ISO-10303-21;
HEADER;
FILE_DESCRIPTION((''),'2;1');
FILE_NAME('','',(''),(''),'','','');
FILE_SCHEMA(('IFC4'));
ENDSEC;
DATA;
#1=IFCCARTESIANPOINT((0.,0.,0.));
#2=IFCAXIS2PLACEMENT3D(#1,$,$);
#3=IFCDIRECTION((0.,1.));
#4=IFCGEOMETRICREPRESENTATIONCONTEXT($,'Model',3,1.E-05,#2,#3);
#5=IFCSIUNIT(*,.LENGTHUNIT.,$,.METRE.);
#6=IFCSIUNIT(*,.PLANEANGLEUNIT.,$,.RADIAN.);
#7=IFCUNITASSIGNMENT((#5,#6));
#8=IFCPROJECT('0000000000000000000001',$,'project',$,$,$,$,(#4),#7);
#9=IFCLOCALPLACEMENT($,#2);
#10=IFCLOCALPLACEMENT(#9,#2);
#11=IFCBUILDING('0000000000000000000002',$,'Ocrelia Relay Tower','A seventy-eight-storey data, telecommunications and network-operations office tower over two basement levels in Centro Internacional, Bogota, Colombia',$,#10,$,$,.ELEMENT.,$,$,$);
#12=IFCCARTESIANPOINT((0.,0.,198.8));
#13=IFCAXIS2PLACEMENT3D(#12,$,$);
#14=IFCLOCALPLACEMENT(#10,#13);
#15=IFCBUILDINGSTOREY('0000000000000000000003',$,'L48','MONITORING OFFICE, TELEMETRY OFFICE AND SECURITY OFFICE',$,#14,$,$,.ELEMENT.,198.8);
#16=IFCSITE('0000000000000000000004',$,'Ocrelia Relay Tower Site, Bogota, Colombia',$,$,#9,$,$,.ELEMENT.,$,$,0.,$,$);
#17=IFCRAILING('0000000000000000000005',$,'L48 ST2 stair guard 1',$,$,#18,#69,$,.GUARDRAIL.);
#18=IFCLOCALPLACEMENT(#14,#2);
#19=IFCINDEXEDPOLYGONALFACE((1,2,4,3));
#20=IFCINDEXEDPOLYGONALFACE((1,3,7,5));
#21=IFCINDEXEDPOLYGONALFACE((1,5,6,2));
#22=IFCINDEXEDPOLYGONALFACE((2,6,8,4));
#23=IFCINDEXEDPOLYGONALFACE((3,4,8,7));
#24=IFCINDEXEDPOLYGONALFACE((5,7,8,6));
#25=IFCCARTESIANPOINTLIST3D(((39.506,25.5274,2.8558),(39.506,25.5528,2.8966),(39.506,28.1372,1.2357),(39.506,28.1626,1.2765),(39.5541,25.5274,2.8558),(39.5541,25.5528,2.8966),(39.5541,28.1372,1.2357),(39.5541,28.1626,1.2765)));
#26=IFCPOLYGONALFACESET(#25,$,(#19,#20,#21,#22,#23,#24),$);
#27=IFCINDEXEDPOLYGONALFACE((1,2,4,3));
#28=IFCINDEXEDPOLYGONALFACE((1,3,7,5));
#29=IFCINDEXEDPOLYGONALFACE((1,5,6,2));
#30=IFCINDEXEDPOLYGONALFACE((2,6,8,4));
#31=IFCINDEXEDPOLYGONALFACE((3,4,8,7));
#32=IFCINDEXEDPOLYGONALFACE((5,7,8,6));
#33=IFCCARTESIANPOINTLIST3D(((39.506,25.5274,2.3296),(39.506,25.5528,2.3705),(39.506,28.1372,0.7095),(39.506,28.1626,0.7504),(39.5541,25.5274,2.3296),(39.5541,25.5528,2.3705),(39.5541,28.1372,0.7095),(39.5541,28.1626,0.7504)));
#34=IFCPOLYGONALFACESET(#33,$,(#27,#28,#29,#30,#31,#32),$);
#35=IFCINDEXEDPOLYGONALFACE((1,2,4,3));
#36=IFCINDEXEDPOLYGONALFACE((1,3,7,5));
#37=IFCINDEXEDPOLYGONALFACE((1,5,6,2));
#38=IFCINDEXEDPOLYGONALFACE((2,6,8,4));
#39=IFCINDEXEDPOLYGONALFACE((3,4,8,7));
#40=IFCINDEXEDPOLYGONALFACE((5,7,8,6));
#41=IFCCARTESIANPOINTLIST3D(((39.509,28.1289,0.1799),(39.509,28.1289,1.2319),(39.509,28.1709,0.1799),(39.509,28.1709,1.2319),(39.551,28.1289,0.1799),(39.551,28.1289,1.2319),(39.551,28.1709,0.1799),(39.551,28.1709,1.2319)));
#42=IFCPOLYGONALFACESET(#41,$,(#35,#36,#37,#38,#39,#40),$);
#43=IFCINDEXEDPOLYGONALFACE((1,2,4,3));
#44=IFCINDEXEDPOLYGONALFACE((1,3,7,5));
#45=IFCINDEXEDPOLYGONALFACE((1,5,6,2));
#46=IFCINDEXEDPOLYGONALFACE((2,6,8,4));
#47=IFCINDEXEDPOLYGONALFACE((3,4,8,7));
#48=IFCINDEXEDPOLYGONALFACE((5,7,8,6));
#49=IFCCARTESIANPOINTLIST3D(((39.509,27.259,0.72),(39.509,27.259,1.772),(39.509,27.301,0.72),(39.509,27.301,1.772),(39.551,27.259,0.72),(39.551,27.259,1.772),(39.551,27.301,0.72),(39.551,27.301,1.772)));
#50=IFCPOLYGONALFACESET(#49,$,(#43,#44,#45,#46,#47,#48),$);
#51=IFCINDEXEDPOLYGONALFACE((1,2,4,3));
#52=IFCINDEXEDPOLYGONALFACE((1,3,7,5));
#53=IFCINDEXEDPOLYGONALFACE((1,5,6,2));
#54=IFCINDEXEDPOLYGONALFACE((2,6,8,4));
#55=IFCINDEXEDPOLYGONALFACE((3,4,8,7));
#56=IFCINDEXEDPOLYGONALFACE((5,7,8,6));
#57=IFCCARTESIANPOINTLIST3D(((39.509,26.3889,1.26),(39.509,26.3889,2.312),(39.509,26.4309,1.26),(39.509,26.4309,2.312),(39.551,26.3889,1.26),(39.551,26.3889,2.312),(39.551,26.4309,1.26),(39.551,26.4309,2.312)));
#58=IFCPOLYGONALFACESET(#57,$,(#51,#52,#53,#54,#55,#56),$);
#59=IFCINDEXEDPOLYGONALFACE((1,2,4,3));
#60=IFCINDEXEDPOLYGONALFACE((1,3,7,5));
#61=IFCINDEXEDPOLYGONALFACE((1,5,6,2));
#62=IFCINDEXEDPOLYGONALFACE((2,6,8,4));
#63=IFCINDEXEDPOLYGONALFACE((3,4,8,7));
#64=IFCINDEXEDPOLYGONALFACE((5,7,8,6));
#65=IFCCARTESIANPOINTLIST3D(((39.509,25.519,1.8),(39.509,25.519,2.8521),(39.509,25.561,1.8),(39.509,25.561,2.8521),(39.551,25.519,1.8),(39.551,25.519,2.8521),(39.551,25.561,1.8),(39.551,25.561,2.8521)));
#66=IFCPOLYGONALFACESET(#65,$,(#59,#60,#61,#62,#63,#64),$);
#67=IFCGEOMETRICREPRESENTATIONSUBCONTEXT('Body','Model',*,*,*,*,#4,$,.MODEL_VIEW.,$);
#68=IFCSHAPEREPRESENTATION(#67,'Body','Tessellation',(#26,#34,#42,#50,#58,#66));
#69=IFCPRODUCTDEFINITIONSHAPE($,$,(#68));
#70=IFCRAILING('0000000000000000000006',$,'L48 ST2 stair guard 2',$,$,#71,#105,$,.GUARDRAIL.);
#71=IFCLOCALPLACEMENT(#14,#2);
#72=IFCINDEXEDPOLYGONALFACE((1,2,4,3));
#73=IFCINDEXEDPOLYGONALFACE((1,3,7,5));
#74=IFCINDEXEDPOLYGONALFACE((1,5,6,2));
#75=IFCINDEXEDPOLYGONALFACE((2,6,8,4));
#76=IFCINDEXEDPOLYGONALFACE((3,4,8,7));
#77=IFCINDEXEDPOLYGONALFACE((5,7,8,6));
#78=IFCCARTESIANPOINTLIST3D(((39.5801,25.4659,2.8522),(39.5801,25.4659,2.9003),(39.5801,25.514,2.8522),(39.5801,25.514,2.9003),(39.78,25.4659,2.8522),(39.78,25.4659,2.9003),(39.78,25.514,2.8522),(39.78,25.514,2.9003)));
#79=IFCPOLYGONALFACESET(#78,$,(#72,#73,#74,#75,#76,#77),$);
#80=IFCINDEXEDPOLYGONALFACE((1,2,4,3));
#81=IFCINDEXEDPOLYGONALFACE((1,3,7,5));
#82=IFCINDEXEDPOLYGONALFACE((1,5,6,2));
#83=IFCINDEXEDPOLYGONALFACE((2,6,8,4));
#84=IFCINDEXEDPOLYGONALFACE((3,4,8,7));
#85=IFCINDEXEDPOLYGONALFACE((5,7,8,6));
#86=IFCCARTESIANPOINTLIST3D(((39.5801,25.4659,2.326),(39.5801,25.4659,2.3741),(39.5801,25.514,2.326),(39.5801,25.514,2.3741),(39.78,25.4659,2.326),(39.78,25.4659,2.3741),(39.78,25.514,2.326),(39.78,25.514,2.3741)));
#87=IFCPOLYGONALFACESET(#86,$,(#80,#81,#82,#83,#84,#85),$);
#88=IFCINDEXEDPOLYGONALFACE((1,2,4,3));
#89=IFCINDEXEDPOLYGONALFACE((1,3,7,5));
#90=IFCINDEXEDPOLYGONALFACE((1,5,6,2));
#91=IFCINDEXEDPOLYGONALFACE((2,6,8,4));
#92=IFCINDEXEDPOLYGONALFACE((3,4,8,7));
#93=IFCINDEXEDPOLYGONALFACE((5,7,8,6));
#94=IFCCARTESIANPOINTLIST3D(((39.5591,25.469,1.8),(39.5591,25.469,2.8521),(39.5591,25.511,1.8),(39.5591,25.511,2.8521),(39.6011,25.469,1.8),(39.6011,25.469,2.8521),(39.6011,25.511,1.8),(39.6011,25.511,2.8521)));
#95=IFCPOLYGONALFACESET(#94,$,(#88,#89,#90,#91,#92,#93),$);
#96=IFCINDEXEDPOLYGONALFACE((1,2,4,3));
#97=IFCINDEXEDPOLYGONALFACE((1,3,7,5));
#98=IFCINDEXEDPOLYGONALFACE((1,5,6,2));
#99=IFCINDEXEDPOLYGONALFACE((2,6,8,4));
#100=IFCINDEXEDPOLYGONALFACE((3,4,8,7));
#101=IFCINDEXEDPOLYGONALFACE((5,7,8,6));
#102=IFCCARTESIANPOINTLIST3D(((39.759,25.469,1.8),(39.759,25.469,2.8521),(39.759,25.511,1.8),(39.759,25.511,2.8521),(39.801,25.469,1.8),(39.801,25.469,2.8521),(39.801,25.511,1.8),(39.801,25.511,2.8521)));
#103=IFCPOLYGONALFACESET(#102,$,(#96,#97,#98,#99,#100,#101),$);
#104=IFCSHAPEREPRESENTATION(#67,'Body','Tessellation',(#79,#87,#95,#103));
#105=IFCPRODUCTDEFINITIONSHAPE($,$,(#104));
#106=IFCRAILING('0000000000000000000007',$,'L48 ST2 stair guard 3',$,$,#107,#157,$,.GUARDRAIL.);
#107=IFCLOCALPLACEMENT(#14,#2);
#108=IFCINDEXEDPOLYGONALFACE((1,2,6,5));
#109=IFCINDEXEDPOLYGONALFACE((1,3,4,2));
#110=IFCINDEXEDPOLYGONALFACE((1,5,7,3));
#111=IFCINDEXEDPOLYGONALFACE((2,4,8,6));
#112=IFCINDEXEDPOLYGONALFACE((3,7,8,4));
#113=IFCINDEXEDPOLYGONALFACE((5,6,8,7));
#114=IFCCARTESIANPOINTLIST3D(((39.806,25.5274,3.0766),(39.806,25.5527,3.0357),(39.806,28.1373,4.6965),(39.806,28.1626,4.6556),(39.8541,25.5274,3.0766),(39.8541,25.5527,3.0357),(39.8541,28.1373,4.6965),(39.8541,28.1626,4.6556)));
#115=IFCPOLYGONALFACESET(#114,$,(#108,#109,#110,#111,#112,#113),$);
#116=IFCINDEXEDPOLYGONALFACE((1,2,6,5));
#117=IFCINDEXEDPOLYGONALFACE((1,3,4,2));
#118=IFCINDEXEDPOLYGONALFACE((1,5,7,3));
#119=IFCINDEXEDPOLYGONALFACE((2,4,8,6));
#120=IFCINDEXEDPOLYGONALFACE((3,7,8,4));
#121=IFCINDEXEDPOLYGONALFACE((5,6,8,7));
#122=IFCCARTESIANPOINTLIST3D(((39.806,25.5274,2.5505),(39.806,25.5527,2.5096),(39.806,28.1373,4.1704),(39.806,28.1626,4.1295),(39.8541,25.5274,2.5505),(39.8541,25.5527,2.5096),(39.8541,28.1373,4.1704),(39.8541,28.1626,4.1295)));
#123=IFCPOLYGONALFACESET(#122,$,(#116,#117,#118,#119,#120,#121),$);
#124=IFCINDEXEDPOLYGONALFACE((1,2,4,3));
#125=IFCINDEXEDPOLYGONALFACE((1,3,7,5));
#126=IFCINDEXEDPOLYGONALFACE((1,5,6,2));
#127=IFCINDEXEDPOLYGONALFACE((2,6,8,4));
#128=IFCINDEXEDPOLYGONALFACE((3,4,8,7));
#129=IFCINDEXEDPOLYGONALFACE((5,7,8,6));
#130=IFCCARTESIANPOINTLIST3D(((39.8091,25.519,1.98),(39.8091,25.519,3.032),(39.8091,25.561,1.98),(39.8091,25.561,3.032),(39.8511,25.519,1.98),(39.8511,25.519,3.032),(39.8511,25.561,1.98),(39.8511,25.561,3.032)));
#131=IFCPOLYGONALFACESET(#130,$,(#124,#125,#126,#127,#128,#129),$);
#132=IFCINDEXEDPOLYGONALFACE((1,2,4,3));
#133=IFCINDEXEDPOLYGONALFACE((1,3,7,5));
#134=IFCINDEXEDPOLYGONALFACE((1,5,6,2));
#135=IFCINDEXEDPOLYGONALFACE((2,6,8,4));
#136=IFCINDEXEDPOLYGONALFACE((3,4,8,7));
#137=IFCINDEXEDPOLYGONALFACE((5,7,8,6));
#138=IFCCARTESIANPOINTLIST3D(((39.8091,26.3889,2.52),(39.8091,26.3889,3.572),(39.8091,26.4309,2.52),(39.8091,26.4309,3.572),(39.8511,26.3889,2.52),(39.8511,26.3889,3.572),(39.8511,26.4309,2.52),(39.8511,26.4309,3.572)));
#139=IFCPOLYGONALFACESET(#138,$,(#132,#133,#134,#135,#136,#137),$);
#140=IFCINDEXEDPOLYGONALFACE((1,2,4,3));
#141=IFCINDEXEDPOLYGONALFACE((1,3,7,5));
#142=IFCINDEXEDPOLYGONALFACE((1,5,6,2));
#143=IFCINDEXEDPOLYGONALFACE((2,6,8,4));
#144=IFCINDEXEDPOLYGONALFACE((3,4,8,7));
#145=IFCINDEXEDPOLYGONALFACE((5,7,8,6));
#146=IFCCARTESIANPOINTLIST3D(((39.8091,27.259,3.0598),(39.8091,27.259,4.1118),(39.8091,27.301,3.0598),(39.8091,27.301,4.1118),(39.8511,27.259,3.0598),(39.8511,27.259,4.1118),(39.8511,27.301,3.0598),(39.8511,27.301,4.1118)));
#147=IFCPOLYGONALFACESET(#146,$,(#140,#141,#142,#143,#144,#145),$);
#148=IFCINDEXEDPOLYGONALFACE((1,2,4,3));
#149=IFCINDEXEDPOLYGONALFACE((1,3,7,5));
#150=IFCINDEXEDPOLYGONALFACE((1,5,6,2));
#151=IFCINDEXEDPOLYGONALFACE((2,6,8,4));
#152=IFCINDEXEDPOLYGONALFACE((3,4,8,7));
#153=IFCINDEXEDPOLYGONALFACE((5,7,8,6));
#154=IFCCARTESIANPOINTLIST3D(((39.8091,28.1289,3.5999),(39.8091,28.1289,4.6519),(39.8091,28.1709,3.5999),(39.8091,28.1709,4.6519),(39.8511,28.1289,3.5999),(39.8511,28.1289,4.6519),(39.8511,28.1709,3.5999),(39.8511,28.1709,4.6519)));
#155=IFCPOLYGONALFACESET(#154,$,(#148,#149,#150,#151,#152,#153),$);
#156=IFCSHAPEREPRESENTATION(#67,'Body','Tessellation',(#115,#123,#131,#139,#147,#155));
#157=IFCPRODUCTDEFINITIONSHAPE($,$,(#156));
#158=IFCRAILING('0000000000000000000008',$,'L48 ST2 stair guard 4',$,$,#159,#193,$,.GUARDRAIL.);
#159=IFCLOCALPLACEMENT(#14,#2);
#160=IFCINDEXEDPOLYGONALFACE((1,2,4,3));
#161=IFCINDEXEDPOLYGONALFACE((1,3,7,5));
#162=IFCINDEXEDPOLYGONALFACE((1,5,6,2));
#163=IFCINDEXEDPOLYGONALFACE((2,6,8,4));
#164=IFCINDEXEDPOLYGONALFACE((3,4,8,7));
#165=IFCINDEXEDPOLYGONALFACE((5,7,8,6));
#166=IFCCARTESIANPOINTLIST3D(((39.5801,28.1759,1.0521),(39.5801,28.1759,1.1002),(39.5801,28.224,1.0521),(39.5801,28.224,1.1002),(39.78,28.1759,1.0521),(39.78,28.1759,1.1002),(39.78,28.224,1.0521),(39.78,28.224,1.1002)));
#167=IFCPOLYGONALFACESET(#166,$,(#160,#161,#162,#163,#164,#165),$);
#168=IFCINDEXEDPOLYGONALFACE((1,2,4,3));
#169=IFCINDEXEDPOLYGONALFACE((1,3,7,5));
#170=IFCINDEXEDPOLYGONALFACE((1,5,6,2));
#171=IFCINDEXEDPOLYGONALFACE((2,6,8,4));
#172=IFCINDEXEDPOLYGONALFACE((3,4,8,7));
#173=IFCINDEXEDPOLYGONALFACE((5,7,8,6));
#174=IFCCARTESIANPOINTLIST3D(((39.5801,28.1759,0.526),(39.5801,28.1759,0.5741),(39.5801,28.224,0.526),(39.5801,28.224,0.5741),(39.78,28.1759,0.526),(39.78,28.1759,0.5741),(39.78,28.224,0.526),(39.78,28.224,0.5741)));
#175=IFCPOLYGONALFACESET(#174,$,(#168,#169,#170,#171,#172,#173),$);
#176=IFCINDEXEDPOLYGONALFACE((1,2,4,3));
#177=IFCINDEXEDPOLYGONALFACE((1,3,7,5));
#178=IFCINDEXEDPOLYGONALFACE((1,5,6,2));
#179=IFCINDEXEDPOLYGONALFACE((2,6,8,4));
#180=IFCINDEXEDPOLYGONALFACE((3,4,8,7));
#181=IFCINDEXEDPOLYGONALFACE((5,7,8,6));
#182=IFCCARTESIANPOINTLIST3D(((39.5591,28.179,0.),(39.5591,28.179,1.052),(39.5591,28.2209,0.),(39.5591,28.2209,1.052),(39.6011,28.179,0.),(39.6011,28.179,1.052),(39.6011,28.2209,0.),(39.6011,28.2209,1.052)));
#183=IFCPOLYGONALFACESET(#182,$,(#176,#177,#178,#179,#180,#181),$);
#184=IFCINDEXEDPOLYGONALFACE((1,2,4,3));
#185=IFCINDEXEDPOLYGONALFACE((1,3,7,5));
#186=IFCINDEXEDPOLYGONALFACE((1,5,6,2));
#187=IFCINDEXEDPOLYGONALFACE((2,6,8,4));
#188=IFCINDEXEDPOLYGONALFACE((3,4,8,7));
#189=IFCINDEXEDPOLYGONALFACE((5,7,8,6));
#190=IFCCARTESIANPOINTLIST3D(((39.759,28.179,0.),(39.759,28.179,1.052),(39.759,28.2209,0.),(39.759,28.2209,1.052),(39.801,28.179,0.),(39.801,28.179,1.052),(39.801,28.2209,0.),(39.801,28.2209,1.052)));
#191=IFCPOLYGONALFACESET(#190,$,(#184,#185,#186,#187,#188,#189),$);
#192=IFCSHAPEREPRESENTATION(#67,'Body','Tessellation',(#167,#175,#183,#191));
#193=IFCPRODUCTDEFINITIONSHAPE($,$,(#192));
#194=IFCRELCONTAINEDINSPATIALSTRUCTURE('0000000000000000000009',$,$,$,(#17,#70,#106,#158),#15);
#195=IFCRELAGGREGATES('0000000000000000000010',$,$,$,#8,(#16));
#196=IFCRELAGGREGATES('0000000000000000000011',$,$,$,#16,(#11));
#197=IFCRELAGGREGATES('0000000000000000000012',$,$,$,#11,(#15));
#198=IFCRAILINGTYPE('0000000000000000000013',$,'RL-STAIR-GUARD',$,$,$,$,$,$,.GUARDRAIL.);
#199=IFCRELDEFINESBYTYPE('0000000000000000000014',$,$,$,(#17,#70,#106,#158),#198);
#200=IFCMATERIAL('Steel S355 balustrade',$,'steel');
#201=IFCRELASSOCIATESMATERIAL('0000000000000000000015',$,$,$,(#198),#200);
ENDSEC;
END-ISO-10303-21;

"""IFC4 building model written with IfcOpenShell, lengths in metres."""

from ifc_helpers import new_model, si_unit, direction, frame, origin, origin_2d, place, context, subcontext, project, spatial, rectangle, extrude, material, type_object, element, save


model = new_model("IFC4")

# Units and contexts
model_context = context("Model", 3, precision=1e-05, world=origin(), true_north=direction((0.0, 1.0)))
body_context = subcontext(model_context, "Body", "Model", "MODEL_VIEW")
ifc_project = project(units=[si_unit("LENGTHUNIT", "METRE"), si_unit("PLANEANGLEUNIT", "RADIAN")], contexts=[model_context])

# Site, building, storey
site_placement = place(None, origin())
site = spatial("IfcSite", under=ifc_project, at=site_placement, Name="Ocrelia Relay Tower Site, Bogota, Colombia", CompositionType="ELEMENT", RefElevation=0.0)
building_placement = place(site_placement, origin())
building = spatial("IfcBuilding", under=site, at=building_placement, Name="Ocrelia Relay Tower", Description="A seventy-eight-storey data, telecommunications and network-operations office tower over two basement levels in Centro Internacional, Bogota, Colombia", CompositionType="ELEMENT")
storey_placement = place(building_placement, frame((0.0, 0.0, 198.8)))
storey = spatial("IfcBuildingStorey", under=building, at=storey_placement, Name="L48", Description="MONITORING OFFICE, TELEMETRY OFFICE AND SECURITY OFFICE", CompositionType="ELEMENT", Elevation=198.8)

# Railings
ifc_material_1 = material(Name="Steel S355 balustrade", Category="steel")
railing_type_1 = type_object("IfcRailingType", Name="RL-STAIR-GUARD", PredefinedType="GUARDRAIL", material=ifc_material_1)
railing_1_placement = place(storey_placement, frame((39.53, 28.1499, 0.1799)))
element("IfcRailing", 1, at=railing_1_placement, inside=storey, type_object=railing_type_1, Name="L48 ST2 stair guard 1", PredefinedType="GUARDRAIL", context=body_context, shape_type="SweptSolid", body=[
    extrude(rectangle(XDim=0.0481, YDim=0.0481, at=origin_2d()), frame((0.0, 0.0, 1.0762), z_axis=(0.0, -0.849611, 0.52741), x_axis=(1.0, 0.0, 0.0)), (0.0, 0.0, 1.0), 3.0718),
    extrude(rectangle(XDim=0.0481, YDim=0.0481, at=origin_2d()), frame((0.0, 0.0, 0.55), z_axis=(0.0, -0.849611, 0.52741), x_axis=(1.0, 0.0, 0.0)), (0.0, 0.0, 1.0), 3.0718),
    extrude(rectangle(XDim=0.042, YDim=0.042, at=origin_2d()), origin(), (0.0, 0.0, 1.0), 1.052),
    extrude(rectangle(XDim=0.042, YDim=0.042, at=origin_2d()), frame((0.0, -0.8699, 0.54)), (0.0, 0.0, 1.0), 1.052),
    extrude(rectangle(XDim=0.042, YDim=0.042, at=origin_2d()), frame((0.0, -1.74, 1.0801)), (0.0, 0.0, 1.0), 1.052),
    extrude(rectangle(XDim=0.042, YDim=0.042, at=origin_2d()), frame((0.0, -2.6099, 1.6201)), (0.0, 0.0, 1.0), 1.052),
])
railing_2_placement = place(storey_placement, frame((39.5801, 25.49, 1.8)))
element("IfcRailing", 2, at=railing_2_placement, inside=storey, type_object=railing_type_1, Name="L48 ST2 stair guard 2", PredefinedType="GUARDRAIL", context=body_context, shape_type="SweptSolid", body=[
    extrude(rectangle(XDim=0.0481, YDim=0.0481, at=origin_2d()), frame((0.0, 0.0, 1.0762), z_axis=(1.0, 0.0, 0.0), x_axis=(0.0, 1.0, 0.0)), (0.0, 0.0, 1.0), 0.2),
    extrude(rectangle(XDim=0.0481, YDim=0.0481, at=origin_2d()), frame((0.0, 0.0, 0.55), z_axis=(1.0, 0.0, 0.0), x_axis=(0.0, 1.0, 0.0)), (0.0, 0.0, 1.0), 0.2),
    extrude(rectangle(XDim=0.042, YDim=0.042, at=origin_2d()), origin(), (0.0, 0.0, 1.0), 1.052),
    extrude(rectangle(XDim=0.042, YDim=0.042, at=origin_2d()), frame((0.2, 0.0, 0.0)), (0.0, 0.0, 1.0), 1.052),
])
railing_3_placement = place(storey_placement, frame((39.8301, 25.54, 1.98)))
element("IfcRailing", 3, at=railing_3_placement, inside=storey, type_object=railing_type_1, Name="L48 ST2 stair guard 3", PredefinedType="GUARDRAIL", context=body_context, shape_type="SweptSolid", body=[
    extrude(rectangle(XDim=0.0481, YDim=0.0481, at=origin_2d()), frame((0.0, 0.0, 1.0762), z_axis=(0.0, 0.849646, 0.527353), x_axis=(-1.0, 0.0, 0.0)), (0.0, 0.0, 1.0), 3.0718),
    extrude(rectangle(XDim=0.0481, YDim=0.0481, at=origin_2d()), frame((0.0, 0.0, 0.55), z_axis=(0.0, 0.849646, 0.527353), x_axis=(-1.0, 0.0, 0.0)), (0.0, 0.0, 1.0), 3.0718),
    extrude(rectangle(XDim=0.042, YDim=0.042, at=origin_2d()), origin(), (0.0, 0.0, 1.0), 1.052),
    extrude(rectangle(XDim=0.042, YDim=0.042, at=origin_2d()), frame((0.0, 0.8699, 0.54)), (0.0, 0.0, 1.0), 1.052),
    extrude(rectangle(XDim=0.042, YDim=0.042, at=origin_2d()), frame((0.0, 1.74, 1.0798)), (0.0, 0.0, 1.0), 1.052),
    extrude(rectangle(XDim=0.042, YDim=0.042, at=origin_2d()), frame((0.0, 2.6099, 1.6199)), (0.0, 0.0, 1.0), 1.052),
])
railing_4_placement = place(storey_placement, frame((39.5801, 28.2, 0.0)))
element("IfcRailing", 4, at=railing_4_placement, inside=storey, type_object=railing_type_1, Name="L48 ST2 stair guard 4", PredefinedType="GUARDRAIL", context=body_context, shape_type="SweptSolid", body=[
    extrude(rectangle(XDim=0.0481, YDim=0.0481, at=origin_2d()), frame((0.0, 0.0, 1.0762), z_axis=(1.0, 0.0, 0.0), x_axis=(0.0, 1.0, 0.0)), (0.0, 0.0, 1.0), 0.2),
    extrude(rectangle(XDim=0.0481, YDim=0.0481, at=origin_2d()), frame((0.0, 0.0, 0.55), z_axis=(1.0, 0.0, 0.0), x_axis=(0.0, 1.0, 0.0)), (0.0, 0.0, 1.0), 0.2),
    extrude(rectangle(XDim=0.042, YDim=0.042, at=origin_2d()), origin(), (0.0, 0.0, 1.0), 1.052),
    extrude(rectangle(XDim=0.042, YDim=0.042, at=origin_2d()), frame((0.2, 0.0, 0.0)), (0.0, 0.0, 1.0), 1.052),
])

save(model, "model.ifc")
